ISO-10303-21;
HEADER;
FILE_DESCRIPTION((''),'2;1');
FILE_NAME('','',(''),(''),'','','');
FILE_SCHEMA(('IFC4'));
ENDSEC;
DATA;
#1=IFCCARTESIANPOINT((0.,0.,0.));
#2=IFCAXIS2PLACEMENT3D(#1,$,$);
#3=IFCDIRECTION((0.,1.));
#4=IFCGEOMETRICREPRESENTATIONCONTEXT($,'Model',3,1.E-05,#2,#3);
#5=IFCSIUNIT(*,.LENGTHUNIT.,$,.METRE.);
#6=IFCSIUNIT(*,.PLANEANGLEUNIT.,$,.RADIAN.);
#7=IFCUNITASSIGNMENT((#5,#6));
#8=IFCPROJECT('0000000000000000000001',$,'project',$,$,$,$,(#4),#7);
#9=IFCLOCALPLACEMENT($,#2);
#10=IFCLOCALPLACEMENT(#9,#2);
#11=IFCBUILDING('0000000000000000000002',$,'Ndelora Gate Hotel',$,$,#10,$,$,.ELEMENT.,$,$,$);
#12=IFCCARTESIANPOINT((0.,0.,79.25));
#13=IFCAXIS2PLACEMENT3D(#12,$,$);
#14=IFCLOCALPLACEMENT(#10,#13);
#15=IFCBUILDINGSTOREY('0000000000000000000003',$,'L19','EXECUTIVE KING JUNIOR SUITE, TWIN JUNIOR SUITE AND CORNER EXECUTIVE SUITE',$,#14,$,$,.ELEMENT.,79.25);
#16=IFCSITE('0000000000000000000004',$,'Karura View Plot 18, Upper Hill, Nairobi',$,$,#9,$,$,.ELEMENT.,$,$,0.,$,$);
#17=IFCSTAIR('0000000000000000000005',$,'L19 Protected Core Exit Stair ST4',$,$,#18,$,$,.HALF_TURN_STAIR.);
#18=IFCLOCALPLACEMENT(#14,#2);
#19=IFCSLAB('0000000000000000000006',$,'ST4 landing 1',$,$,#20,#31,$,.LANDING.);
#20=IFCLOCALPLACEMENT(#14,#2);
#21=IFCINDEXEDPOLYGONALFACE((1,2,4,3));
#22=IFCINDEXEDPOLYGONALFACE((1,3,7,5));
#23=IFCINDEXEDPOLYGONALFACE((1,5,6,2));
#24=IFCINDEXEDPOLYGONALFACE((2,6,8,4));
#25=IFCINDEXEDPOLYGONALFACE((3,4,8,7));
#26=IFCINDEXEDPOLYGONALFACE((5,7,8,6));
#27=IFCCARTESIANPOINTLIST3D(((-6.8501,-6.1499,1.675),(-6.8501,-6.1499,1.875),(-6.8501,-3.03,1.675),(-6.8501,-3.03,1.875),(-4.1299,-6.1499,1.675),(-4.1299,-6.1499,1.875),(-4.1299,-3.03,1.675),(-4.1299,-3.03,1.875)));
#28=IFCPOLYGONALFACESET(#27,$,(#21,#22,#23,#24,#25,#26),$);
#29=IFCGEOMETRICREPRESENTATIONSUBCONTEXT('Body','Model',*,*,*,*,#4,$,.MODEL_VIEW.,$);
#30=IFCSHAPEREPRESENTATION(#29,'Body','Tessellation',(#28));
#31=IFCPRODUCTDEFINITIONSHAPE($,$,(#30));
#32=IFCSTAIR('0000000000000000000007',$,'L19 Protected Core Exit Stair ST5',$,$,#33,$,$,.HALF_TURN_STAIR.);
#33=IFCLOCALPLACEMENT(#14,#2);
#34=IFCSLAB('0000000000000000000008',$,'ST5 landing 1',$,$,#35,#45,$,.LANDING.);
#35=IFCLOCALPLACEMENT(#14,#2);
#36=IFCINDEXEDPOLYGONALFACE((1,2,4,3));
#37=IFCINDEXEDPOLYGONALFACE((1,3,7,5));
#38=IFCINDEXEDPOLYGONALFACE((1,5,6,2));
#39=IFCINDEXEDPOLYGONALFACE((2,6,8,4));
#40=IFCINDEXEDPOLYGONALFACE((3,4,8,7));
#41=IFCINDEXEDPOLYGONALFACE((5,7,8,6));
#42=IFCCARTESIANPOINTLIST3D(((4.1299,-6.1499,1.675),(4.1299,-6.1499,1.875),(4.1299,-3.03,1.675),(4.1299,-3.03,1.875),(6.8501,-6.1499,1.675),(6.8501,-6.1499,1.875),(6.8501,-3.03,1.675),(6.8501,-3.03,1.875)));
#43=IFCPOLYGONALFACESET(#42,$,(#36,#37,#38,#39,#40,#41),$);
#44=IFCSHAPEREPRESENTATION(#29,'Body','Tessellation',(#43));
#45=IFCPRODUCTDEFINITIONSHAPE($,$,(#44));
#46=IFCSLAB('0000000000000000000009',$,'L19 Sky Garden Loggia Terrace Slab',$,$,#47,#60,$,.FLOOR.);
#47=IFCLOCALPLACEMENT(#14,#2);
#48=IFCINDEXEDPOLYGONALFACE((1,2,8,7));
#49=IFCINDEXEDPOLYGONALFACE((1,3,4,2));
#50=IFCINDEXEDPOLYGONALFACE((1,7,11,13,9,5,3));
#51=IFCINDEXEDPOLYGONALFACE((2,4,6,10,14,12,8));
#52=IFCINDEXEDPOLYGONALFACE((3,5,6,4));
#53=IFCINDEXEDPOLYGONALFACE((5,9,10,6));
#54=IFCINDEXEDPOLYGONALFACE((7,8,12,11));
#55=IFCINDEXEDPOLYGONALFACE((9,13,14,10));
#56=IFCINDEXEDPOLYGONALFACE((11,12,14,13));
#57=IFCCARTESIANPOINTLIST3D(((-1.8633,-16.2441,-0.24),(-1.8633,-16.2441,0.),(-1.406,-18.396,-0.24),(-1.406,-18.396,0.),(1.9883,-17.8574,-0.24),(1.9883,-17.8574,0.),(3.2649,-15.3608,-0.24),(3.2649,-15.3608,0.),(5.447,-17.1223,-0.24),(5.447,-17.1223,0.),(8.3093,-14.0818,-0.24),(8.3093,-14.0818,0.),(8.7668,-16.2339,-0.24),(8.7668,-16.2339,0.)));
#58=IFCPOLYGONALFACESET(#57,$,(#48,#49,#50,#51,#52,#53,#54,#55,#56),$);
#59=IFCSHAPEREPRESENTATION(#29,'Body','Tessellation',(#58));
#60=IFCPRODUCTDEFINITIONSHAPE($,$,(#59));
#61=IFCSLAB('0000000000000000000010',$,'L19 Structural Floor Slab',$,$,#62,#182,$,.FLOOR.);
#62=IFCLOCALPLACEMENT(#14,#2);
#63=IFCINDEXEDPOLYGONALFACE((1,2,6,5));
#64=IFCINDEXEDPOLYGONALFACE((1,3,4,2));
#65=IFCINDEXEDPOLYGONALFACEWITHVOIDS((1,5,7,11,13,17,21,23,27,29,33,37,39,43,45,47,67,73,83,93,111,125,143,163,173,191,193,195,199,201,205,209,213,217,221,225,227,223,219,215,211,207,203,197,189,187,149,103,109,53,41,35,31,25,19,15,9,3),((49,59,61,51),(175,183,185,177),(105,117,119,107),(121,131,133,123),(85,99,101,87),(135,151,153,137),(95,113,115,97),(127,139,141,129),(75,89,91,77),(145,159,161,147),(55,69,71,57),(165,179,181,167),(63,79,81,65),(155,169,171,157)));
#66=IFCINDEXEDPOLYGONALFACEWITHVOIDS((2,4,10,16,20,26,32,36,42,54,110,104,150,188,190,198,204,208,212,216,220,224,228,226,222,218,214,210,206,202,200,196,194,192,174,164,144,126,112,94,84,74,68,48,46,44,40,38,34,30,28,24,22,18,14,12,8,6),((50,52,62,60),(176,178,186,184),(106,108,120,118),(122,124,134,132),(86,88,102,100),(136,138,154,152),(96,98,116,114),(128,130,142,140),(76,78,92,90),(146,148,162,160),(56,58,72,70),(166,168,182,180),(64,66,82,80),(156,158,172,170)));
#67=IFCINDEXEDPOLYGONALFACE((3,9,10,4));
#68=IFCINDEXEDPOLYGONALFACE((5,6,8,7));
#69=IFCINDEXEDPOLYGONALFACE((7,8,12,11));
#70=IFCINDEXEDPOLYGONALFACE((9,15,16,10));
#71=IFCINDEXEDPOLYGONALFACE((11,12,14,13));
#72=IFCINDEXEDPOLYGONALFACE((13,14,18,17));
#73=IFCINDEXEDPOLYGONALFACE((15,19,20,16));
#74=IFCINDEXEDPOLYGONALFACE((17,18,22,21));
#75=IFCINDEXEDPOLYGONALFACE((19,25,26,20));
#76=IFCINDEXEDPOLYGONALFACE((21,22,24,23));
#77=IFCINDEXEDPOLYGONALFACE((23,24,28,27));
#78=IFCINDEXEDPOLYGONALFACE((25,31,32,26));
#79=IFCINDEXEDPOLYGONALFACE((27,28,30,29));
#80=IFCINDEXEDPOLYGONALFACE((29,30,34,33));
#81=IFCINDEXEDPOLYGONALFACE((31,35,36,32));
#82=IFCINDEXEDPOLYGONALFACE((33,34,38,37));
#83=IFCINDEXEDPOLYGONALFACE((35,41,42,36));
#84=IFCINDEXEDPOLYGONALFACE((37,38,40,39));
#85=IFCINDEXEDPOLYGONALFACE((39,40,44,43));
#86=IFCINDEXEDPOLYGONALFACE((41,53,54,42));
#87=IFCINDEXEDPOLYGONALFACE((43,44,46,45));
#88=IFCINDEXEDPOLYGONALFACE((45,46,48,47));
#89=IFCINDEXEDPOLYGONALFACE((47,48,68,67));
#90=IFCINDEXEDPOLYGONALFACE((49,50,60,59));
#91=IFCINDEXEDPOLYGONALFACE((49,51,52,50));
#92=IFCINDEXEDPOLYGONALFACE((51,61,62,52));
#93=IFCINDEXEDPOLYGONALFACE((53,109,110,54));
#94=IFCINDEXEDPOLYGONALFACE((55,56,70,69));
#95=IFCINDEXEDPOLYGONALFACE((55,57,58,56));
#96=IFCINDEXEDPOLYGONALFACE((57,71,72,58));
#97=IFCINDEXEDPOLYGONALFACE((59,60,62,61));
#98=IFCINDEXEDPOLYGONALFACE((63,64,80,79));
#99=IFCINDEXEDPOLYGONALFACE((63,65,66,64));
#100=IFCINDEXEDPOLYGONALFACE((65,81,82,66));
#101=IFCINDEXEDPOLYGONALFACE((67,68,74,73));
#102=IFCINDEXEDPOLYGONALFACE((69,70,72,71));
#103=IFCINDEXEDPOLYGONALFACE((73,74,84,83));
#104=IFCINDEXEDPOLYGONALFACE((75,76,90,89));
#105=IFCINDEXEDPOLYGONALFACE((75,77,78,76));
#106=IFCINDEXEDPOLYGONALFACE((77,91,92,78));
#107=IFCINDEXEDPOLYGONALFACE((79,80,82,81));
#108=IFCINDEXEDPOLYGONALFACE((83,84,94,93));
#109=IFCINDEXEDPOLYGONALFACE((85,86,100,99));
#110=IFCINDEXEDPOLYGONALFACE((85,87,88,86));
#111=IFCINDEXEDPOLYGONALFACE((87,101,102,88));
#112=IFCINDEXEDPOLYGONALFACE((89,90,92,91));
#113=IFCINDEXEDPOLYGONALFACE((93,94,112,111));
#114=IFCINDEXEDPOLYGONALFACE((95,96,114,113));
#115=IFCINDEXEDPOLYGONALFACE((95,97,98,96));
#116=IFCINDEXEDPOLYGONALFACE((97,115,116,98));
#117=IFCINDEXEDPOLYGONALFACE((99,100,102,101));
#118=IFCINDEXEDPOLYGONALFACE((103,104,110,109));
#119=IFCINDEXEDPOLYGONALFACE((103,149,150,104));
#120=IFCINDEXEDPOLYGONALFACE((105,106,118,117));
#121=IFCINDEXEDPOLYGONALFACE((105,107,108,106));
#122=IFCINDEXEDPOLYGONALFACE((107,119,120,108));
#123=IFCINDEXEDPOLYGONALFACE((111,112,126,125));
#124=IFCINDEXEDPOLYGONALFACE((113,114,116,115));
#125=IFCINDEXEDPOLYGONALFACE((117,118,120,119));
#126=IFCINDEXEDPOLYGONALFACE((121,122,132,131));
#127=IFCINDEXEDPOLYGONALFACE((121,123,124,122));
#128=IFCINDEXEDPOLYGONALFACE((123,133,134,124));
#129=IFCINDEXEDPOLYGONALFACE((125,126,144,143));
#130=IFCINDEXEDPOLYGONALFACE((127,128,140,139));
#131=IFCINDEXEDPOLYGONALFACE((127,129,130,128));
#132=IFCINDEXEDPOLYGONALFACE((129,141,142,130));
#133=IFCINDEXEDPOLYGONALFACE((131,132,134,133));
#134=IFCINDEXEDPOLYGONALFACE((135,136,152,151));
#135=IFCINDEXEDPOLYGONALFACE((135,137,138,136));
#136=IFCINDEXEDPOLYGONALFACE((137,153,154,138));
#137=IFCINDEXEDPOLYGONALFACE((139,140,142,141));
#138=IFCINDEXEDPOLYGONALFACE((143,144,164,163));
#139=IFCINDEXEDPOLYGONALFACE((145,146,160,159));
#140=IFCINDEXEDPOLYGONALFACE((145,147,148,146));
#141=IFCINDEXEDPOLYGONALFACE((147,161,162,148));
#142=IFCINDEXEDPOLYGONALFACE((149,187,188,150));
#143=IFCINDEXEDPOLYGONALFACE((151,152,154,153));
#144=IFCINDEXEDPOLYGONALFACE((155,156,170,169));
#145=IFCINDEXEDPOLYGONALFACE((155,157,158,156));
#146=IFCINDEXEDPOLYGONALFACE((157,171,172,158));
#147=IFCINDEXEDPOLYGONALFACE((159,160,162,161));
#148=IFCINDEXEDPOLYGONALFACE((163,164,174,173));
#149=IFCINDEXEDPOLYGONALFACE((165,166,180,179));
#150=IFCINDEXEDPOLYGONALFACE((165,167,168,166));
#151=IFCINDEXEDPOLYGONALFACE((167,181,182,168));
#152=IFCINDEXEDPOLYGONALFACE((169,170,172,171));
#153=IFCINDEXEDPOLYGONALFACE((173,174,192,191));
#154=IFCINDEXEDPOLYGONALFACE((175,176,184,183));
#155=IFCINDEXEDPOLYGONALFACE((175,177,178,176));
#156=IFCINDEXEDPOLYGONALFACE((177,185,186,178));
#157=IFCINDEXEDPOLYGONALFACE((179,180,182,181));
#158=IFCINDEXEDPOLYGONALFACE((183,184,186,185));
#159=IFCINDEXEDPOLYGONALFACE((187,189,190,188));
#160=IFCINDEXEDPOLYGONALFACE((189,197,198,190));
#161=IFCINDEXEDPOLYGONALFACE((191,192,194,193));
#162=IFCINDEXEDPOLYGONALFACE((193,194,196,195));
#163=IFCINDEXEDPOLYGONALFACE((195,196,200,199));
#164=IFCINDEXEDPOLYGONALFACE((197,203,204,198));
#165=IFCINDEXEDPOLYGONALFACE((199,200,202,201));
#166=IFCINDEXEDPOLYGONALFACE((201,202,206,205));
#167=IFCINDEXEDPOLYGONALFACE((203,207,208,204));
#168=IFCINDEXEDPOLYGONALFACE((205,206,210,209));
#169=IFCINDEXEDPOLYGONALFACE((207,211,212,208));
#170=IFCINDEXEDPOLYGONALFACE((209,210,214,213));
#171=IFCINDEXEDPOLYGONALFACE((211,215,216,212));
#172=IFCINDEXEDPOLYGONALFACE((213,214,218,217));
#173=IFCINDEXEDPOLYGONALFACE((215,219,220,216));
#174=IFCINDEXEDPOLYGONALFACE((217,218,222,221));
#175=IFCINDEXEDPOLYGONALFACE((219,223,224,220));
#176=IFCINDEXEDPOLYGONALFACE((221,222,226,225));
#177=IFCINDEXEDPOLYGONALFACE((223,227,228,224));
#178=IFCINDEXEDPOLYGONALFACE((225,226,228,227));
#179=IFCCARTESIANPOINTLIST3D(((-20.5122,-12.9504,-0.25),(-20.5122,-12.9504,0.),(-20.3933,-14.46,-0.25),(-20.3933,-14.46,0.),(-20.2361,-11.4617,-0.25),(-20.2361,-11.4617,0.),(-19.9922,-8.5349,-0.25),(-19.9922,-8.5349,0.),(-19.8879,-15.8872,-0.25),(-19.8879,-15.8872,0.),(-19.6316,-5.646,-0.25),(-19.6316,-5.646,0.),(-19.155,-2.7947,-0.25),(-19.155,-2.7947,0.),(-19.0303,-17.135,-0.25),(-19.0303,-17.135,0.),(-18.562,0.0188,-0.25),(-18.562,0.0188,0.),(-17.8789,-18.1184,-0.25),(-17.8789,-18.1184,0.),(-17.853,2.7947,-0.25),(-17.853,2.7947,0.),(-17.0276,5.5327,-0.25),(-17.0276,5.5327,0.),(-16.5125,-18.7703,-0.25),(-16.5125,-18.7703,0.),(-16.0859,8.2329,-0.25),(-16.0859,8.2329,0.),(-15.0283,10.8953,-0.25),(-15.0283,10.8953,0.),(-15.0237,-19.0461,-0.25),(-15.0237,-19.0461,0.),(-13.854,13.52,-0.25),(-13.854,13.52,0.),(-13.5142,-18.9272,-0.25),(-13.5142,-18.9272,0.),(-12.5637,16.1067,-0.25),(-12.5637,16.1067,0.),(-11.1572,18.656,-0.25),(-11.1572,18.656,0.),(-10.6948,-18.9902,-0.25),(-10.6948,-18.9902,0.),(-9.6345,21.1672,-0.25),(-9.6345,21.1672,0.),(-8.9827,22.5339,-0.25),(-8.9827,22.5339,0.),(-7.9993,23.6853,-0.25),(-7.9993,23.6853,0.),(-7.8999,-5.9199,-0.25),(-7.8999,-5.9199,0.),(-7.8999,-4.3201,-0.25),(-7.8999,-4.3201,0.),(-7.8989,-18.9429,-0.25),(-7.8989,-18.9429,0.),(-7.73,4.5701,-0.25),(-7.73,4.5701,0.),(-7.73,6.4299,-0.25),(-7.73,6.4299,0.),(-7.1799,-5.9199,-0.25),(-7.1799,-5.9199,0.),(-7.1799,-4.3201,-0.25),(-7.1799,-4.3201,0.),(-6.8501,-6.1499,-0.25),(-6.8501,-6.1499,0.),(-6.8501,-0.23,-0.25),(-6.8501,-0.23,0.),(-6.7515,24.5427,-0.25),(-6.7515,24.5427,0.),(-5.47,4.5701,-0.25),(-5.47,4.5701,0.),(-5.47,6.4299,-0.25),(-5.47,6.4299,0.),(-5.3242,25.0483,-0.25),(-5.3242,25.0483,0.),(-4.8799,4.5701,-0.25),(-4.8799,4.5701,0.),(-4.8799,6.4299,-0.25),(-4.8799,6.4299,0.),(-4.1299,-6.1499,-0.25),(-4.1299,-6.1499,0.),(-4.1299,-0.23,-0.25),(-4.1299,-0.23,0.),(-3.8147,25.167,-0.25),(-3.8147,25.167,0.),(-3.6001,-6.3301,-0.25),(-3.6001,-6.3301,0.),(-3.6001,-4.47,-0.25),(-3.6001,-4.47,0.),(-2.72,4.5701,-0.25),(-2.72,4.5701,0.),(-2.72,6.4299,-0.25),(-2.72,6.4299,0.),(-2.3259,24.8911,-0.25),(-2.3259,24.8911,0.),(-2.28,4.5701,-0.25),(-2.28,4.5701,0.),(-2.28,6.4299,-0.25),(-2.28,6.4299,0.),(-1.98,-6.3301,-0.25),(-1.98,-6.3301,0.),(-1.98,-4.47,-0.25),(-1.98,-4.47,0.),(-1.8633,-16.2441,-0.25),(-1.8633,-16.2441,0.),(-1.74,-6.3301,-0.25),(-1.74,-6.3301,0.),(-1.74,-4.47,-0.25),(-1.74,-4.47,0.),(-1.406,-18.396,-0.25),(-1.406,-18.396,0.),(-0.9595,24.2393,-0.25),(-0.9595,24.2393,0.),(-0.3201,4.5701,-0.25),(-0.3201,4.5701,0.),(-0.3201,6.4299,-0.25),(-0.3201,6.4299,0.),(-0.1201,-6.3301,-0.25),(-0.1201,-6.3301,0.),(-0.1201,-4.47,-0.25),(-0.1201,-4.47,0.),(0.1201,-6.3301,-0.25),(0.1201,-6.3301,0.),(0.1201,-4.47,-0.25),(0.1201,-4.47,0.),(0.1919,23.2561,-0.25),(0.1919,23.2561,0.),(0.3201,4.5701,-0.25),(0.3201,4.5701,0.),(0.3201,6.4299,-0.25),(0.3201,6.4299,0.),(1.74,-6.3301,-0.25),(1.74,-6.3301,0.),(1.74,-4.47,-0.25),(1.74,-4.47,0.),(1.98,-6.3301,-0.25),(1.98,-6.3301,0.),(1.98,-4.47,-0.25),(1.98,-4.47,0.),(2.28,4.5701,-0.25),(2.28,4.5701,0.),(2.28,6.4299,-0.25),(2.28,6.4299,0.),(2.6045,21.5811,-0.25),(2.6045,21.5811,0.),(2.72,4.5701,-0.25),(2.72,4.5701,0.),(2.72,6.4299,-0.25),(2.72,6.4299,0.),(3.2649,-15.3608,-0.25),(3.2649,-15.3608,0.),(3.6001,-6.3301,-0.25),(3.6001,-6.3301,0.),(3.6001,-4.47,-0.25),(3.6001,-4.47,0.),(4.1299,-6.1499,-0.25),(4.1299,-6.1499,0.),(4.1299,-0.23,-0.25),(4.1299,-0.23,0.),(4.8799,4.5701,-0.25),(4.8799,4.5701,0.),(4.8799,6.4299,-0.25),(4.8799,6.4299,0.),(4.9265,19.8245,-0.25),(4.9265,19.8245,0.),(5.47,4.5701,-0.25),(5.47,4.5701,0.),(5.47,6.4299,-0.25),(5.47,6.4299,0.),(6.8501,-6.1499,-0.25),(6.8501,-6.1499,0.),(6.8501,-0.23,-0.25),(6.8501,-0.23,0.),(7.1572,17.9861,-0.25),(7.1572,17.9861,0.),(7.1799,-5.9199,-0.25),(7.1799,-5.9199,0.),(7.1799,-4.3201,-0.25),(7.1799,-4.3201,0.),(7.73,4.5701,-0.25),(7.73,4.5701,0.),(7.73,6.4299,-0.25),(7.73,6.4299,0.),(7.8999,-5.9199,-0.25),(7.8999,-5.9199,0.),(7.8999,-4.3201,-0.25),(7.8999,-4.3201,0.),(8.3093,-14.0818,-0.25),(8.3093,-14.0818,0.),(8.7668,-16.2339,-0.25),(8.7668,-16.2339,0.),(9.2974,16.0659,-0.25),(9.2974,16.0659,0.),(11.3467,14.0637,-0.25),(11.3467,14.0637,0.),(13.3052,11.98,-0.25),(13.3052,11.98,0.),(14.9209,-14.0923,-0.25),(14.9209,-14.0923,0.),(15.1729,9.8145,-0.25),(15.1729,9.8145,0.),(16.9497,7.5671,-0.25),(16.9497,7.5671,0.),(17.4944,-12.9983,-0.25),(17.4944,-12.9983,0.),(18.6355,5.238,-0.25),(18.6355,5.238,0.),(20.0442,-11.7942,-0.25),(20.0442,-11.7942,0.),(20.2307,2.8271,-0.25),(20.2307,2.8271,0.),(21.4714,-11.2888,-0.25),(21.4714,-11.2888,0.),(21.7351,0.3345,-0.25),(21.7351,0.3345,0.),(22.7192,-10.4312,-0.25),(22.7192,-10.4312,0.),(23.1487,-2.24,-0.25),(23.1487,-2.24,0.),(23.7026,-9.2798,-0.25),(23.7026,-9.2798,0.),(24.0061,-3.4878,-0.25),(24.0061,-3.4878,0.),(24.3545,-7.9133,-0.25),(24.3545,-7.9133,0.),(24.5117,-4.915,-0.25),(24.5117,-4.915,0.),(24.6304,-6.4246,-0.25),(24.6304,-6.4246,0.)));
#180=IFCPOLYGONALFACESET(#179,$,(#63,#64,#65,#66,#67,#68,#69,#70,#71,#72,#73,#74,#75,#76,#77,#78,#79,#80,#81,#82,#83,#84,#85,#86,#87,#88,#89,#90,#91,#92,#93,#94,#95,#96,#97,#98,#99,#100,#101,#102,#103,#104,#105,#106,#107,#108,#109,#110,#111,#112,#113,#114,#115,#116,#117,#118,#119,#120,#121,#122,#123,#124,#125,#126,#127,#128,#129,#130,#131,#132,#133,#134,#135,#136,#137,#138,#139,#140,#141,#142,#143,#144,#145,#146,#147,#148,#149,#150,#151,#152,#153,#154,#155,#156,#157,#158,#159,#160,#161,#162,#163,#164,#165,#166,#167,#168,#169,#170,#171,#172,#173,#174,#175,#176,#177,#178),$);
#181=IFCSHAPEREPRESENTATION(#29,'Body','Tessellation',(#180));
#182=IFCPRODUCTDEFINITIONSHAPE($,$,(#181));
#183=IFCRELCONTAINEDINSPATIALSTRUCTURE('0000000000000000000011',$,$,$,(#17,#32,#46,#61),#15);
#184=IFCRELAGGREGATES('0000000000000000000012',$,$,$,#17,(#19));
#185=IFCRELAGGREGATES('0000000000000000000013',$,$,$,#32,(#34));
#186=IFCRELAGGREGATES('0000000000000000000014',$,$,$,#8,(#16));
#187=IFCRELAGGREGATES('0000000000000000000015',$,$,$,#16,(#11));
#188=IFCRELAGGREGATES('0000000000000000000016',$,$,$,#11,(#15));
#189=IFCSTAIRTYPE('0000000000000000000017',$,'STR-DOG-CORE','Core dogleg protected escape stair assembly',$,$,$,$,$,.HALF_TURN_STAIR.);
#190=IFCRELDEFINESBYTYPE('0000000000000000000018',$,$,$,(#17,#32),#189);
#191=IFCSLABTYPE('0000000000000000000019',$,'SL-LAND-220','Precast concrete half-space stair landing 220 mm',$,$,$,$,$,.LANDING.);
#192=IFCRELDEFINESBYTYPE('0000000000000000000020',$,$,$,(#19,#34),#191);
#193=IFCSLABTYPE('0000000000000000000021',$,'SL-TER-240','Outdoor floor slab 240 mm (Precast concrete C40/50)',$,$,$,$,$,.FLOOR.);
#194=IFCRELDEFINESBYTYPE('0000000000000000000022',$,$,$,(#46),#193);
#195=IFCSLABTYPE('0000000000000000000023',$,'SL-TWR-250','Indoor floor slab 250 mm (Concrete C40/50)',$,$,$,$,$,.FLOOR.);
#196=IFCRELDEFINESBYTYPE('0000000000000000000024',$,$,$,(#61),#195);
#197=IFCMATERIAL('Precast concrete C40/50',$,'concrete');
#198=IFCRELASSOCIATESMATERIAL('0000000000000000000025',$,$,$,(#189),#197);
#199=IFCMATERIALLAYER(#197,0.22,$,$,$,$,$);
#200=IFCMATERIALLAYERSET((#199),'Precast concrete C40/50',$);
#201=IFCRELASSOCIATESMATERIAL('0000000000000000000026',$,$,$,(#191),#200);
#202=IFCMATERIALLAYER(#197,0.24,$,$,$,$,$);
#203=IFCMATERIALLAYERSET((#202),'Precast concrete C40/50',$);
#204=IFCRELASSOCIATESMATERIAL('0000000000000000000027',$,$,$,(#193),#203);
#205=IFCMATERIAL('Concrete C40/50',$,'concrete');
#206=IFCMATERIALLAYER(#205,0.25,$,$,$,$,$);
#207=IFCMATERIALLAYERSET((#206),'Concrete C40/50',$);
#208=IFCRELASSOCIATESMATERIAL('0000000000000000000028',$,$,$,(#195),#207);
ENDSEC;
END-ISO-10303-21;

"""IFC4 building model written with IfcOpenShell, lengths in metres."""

from ifc_helpers import new_model, si_unit, direction, frame, origin, place, context, subcontext, project, spatial, polyline, outline, extrude, material, layer, layer_set, type_object, element, aggregate, save


model = new_model("IFC4")

# Units and contexts
model_context = context("Model", 3, precision=1e-05, world=origin(), true_north=direction((0.0, 1.0)))
body_context = subcontext(model_context, "Body", "Model", "MODEL_VIEW")
ifc_project = project(units=[si_unit("LENGTHUNIT", "METRE"), si_unit("PLANEANGLEUNIT", "RADIAN")], contexts=[model_context])

# Site, building, storey
site_placement = place(None, origin())
site = spatial("IfcSite", under=ifc_project, at=site_placement, Name="Karura View Plot 18, Upper Hill, Nairobi", CompositionType="ELEMENT", RefElevation=0.0)
building_placement = place(site_placement, origin())
building = spatial("IfcBuilding", under=site, at=building_placement, Name="Ndelora Gate Hotel", CompositionType="ELEMENT")
storey_placement = place(building_placement, frame((0.0, 0.0, 79.25)))
storey = spatial("IfcBuildingStorey", under=building, at=storey_placement, Name="L19", Description="EXECUTIVE KING JUNIOR SUITE, TWIN JUNIOR SUITE AND CORNER EXECUTIVE SUITE", CompositionType="ELEMENT", Elevation=79.25)

# Stairs, slabs
ifc_material_1 = material(Name="Precast concrete C40/50", Category="concrete")
stair_type = type_object("IfcStairType", Name="STR-DOG-CORE", Description="Core dogleg protected escape stair assembly", PredefinedType="HALF_TURN_STAIR", material=ifc_material_1)
stair_1_placement = place(storey_placement, origin())
stair_1 = element("IfcStair", 1, at=stair_1_placement, inside=storey, type_object=stair_type, Name="L19 Protected Core Exit Stair ST4", PredefinedType="HALF_TURN_STAIR")
ifc_layer_1 = layer(ifc_material_1, 0.22)
ifc_layer_set_1 = layer_set([ifc_layer_1], Name="Precast concrete C40/50")
slab_type_1 = type_object("IfcSlabType", Name="SL-LAND-220", Description="Precast concrete half-space stair landing 220 mm", PredefinedType="LANDING", material=ifc_layer_set_1)
slab_1_placement = place(storey_placement, frame((0.0, 0.0, 1.675)))
slab_1 = element("IfcSlab", 2, at=slab_1_placement, type_object=slab_type_1, Name="ST4 landing 1", PredefinedType="LANDING", context=body_context, shape_type="SweptSolid", body=[
    extrude(outline(polyline([(-6.8501, -3.03), (-6.8501, -6.1499), (-4.1299, -6.1499), (-4.1299, -3.03), (-6.8501, -3.03)])), origin(), (0.0, 0.0, 1.0), 0.2),
])
aggregate(stair_1, [slab_1])
stair_2_placement = place(storey_placement, origin())
stair_2 = element("IfcStair", 3, at=stair_2_placement, inside=storey, type_object=stair_type, Name="L19 Protected Core Exit Stair ST5", PredefinedType="HALF_TURN_STAIR")
slab_2_placement = place(storey_placement, frame((0.0, 0.0, 1.675)))
slab_2 = element("IfcSlab", 4, at=slab_2_placement, type_object=slab_type_1, Name="ST5 landing 1", PredefinedType="LANDING", context=body_context, shape_type="SweptSolid", body=[
    extrude(outline(polyline([(4.1299, -3.03), (4.1299, -6.1499), (6.8501, -6.1499), (6.8501, -3.03), (4.1299, -3.03)])), origin(), (0.0, 0.0, 1.0), 0.2),
])

# Slabs
ifc_layer_2 = layer(ifc_material_1, 0.24)
ifc_layer_set_2 = layer_set([ifc_layer_2], Name="Precast concrete C40/50")
slab_type_2 = type_object("IfcSlabType", Name="SL-TER-240", Description="Outdoor floor slab 240 mm (Precast concrete C40/50)", PredefinedType="FLOOR", material=ifc_layer_set_2)
slab_3_placement = place(storey_placement, frame((0.0, 0.0, -0.24)))
element("IfcSlab", 5, at=slab_3_placement, inside=storey, type_object=slab_type_2, Name="L19 Sky Garden Loggia Terrace Slab", PredefinedType="FLOOR", context=body_context, shape_type="SweptSolid", body=[
    extrude(outline(polyline([(-1.8633, -16.2441), (-1.406, -18.396), (1.9883, -17.8574), (5.447, -17.1223), (8.7668, -16.2339), (8.3093, -14.0818), (3.2649, -15.3608), (-1.8633, -16.2441)])), origin(), (0.0, 0.0, 1.0), 0.24),
])
ifc_material_2 = material(Name="Concrete C40/50", Category="concrete")
ifc_layer_3 = layer(ifc_material_2, 0.25)
ifc_layer_set_3 = layer_set([ifc_layer_3], Name="Concrete C40/50")
slab_type_3 = type_object("IfcSlabType", Name="SL-TWR-250", Description="Indoor floor slab 250 mm (Concrete C40/50)", PredefinedType="FLOOR", material=ifc_layer_set_3)
slab_4_placement = place(storey_placement, frame((0.0, 0.0, -0.25)))
element("IfcSlab", 6, at=slab_4_placement, inside=storey, type_object=slab_type_3, Name="L19 Structural Floor Slab", PredefinedType="FLOOR", context=body_context, shape_type="SweptSolid", body=[
    extrude(outline(polyline([(0.1919, 23.2561), (-0.9595, 24.2393), (-2.3259, 24.8911), (-3.8147, 25.167), (-5.3242, 25.0483), (-6.7515, 24.5427), (-7.9993, 23.6853), (-8.9827, 22.5339), (-9.6345, 21.1672), (-11.1572, 18.656), (-12.5637, 16.1067), (-13.854, 13.52), (-15.0283, 10.8953), (-16.0859, 8.2329), (-17.0276, 5.5327), (-17.853, 2.7947), (-18.562, 0.0188), (-19.155, -2.7947), (-19.6316, -5.646), (-19.9922, -8.5349), (-20.2361, -11.4617), (-20.5122, -12.9504), (-20.3933, -14.46), (-19.8879, -15.8872), (-19.0303, -17.135), (-17.8789, -18.1184), (-16.5125, -18.7703), (-15.0237, -19.0461), (-13.5142, -18.9272), (-10.6948, -18.9902), (-7.8989, -18.9429), (-1.406, -18.396), (-1.8633, -16.2441), (3.2649, -15.3608), (8.3093, -14.0818), (8.7668, -16.2339), (14.9209, -14.0923), (17.4944, -12.9983), (20.0442, -11.7942), (21.4714, -11.2888), (22.7192, -10.4312), (23.7026, -9.2798), (24.3545, -7.9133), (24.6304, -6.4246), (24.5117, -4.915), (24.0061, -3.4878), (23.1487, -2.24), (21.7351, 0.3345), (20.2307, 2.8271), (18.6355, 5.238), (16.9497, 7.5671), (15.1729, 9.8145), (13.3052, 11.98), (11.3467, 14.0637), (9.2974, 16.0659), (7.1572, 17.9861), (4.9265, 19.8245), (2.6045, 21.5811), (0.1919, 23.2561)]), holes=[polyline([(-6.8501, -0.23), (-6.8501, -6.1499), (-4.1299, -6.1499), (-4.1299, -0.23), (-6.8501, -0.23)]), polyline([(4.1299, -0.23), (4.1299, -6.1499), (6.8501, -6.1499), (6.8501, -0.23), (4.1299, -0.23)]), polyline([(-7.73, 4.5701), (-5.47, 4.5701), (-5.47, 6.4299), (-7.73, 6.4299), (-7.73, 4.5701)]), polyline([(5.47, 4.5701), (7.73, 4.5701), (7.73, 6.4299), (5.47, 6.4299), (5.47, 4.5701)]), polyline([(-4.8799, 4.5701), (-2.72, 4.5701), (-2.72, 6.4299), (-4.8799, 6.4299), (-4.8799, 4.5701)]), polyline([(2.72, 4.5701), (4.8799, 4.5701), (4.8799, 6.4299), (2.72, 6.4299), (2.72, 4.5701)]), polyline([(-3.6001, -6.3301), (-1.98, -6.3301), (-1.98, -4.47), (-3.6001, -4.47), (-3.6001, -6.3301)]), polyline([(-1.74, -6.3301), (-0.1201, -6.3301), (-0.1201, -4.47), (-1.74, -4.47), (-1.74, -6.3301)]), polyline([(0.1201, -6.3301), (1.74, -6.3301), (1.74, -4.47), (0.1201, -4.47), (0.1201, -6.3301)]), polyline([(1.98, -6.3301), (3.6001, -6.3301), (3.6001, -4.47), (1.98, -4.47), (1.98, -6.3301)]), polyline([(-2.28, 4.5701), (-0.3201, 4.5701), (-0.3201, 6.4299), (-2.28, 6.4299), (-2.28, 4.5701)]), polyline([(0.3201, 4.5701), (2.28, 4.5701), (2.28, 6.4299), (0.3201, 6.4299), (0.3201, 4.5701)]), polyline([(-7.8999, -5.9199), (-7.1799, -5.9199), (-7.1799, -4.3201), (-7.8999, -4.3201), (-7.8999, -5.9199)]), polyline([(7.1799, -5.9199), (7.8999, -5.9199), (7.8999, -4.3201), (7.1799, -4.3201), (7.1799, -5.9199)])]), origin(), (0.0, 0.0, 1.0), 0.25),
])

aggregate(stair_2, [slab_2])

save(model, "model.ifc")
